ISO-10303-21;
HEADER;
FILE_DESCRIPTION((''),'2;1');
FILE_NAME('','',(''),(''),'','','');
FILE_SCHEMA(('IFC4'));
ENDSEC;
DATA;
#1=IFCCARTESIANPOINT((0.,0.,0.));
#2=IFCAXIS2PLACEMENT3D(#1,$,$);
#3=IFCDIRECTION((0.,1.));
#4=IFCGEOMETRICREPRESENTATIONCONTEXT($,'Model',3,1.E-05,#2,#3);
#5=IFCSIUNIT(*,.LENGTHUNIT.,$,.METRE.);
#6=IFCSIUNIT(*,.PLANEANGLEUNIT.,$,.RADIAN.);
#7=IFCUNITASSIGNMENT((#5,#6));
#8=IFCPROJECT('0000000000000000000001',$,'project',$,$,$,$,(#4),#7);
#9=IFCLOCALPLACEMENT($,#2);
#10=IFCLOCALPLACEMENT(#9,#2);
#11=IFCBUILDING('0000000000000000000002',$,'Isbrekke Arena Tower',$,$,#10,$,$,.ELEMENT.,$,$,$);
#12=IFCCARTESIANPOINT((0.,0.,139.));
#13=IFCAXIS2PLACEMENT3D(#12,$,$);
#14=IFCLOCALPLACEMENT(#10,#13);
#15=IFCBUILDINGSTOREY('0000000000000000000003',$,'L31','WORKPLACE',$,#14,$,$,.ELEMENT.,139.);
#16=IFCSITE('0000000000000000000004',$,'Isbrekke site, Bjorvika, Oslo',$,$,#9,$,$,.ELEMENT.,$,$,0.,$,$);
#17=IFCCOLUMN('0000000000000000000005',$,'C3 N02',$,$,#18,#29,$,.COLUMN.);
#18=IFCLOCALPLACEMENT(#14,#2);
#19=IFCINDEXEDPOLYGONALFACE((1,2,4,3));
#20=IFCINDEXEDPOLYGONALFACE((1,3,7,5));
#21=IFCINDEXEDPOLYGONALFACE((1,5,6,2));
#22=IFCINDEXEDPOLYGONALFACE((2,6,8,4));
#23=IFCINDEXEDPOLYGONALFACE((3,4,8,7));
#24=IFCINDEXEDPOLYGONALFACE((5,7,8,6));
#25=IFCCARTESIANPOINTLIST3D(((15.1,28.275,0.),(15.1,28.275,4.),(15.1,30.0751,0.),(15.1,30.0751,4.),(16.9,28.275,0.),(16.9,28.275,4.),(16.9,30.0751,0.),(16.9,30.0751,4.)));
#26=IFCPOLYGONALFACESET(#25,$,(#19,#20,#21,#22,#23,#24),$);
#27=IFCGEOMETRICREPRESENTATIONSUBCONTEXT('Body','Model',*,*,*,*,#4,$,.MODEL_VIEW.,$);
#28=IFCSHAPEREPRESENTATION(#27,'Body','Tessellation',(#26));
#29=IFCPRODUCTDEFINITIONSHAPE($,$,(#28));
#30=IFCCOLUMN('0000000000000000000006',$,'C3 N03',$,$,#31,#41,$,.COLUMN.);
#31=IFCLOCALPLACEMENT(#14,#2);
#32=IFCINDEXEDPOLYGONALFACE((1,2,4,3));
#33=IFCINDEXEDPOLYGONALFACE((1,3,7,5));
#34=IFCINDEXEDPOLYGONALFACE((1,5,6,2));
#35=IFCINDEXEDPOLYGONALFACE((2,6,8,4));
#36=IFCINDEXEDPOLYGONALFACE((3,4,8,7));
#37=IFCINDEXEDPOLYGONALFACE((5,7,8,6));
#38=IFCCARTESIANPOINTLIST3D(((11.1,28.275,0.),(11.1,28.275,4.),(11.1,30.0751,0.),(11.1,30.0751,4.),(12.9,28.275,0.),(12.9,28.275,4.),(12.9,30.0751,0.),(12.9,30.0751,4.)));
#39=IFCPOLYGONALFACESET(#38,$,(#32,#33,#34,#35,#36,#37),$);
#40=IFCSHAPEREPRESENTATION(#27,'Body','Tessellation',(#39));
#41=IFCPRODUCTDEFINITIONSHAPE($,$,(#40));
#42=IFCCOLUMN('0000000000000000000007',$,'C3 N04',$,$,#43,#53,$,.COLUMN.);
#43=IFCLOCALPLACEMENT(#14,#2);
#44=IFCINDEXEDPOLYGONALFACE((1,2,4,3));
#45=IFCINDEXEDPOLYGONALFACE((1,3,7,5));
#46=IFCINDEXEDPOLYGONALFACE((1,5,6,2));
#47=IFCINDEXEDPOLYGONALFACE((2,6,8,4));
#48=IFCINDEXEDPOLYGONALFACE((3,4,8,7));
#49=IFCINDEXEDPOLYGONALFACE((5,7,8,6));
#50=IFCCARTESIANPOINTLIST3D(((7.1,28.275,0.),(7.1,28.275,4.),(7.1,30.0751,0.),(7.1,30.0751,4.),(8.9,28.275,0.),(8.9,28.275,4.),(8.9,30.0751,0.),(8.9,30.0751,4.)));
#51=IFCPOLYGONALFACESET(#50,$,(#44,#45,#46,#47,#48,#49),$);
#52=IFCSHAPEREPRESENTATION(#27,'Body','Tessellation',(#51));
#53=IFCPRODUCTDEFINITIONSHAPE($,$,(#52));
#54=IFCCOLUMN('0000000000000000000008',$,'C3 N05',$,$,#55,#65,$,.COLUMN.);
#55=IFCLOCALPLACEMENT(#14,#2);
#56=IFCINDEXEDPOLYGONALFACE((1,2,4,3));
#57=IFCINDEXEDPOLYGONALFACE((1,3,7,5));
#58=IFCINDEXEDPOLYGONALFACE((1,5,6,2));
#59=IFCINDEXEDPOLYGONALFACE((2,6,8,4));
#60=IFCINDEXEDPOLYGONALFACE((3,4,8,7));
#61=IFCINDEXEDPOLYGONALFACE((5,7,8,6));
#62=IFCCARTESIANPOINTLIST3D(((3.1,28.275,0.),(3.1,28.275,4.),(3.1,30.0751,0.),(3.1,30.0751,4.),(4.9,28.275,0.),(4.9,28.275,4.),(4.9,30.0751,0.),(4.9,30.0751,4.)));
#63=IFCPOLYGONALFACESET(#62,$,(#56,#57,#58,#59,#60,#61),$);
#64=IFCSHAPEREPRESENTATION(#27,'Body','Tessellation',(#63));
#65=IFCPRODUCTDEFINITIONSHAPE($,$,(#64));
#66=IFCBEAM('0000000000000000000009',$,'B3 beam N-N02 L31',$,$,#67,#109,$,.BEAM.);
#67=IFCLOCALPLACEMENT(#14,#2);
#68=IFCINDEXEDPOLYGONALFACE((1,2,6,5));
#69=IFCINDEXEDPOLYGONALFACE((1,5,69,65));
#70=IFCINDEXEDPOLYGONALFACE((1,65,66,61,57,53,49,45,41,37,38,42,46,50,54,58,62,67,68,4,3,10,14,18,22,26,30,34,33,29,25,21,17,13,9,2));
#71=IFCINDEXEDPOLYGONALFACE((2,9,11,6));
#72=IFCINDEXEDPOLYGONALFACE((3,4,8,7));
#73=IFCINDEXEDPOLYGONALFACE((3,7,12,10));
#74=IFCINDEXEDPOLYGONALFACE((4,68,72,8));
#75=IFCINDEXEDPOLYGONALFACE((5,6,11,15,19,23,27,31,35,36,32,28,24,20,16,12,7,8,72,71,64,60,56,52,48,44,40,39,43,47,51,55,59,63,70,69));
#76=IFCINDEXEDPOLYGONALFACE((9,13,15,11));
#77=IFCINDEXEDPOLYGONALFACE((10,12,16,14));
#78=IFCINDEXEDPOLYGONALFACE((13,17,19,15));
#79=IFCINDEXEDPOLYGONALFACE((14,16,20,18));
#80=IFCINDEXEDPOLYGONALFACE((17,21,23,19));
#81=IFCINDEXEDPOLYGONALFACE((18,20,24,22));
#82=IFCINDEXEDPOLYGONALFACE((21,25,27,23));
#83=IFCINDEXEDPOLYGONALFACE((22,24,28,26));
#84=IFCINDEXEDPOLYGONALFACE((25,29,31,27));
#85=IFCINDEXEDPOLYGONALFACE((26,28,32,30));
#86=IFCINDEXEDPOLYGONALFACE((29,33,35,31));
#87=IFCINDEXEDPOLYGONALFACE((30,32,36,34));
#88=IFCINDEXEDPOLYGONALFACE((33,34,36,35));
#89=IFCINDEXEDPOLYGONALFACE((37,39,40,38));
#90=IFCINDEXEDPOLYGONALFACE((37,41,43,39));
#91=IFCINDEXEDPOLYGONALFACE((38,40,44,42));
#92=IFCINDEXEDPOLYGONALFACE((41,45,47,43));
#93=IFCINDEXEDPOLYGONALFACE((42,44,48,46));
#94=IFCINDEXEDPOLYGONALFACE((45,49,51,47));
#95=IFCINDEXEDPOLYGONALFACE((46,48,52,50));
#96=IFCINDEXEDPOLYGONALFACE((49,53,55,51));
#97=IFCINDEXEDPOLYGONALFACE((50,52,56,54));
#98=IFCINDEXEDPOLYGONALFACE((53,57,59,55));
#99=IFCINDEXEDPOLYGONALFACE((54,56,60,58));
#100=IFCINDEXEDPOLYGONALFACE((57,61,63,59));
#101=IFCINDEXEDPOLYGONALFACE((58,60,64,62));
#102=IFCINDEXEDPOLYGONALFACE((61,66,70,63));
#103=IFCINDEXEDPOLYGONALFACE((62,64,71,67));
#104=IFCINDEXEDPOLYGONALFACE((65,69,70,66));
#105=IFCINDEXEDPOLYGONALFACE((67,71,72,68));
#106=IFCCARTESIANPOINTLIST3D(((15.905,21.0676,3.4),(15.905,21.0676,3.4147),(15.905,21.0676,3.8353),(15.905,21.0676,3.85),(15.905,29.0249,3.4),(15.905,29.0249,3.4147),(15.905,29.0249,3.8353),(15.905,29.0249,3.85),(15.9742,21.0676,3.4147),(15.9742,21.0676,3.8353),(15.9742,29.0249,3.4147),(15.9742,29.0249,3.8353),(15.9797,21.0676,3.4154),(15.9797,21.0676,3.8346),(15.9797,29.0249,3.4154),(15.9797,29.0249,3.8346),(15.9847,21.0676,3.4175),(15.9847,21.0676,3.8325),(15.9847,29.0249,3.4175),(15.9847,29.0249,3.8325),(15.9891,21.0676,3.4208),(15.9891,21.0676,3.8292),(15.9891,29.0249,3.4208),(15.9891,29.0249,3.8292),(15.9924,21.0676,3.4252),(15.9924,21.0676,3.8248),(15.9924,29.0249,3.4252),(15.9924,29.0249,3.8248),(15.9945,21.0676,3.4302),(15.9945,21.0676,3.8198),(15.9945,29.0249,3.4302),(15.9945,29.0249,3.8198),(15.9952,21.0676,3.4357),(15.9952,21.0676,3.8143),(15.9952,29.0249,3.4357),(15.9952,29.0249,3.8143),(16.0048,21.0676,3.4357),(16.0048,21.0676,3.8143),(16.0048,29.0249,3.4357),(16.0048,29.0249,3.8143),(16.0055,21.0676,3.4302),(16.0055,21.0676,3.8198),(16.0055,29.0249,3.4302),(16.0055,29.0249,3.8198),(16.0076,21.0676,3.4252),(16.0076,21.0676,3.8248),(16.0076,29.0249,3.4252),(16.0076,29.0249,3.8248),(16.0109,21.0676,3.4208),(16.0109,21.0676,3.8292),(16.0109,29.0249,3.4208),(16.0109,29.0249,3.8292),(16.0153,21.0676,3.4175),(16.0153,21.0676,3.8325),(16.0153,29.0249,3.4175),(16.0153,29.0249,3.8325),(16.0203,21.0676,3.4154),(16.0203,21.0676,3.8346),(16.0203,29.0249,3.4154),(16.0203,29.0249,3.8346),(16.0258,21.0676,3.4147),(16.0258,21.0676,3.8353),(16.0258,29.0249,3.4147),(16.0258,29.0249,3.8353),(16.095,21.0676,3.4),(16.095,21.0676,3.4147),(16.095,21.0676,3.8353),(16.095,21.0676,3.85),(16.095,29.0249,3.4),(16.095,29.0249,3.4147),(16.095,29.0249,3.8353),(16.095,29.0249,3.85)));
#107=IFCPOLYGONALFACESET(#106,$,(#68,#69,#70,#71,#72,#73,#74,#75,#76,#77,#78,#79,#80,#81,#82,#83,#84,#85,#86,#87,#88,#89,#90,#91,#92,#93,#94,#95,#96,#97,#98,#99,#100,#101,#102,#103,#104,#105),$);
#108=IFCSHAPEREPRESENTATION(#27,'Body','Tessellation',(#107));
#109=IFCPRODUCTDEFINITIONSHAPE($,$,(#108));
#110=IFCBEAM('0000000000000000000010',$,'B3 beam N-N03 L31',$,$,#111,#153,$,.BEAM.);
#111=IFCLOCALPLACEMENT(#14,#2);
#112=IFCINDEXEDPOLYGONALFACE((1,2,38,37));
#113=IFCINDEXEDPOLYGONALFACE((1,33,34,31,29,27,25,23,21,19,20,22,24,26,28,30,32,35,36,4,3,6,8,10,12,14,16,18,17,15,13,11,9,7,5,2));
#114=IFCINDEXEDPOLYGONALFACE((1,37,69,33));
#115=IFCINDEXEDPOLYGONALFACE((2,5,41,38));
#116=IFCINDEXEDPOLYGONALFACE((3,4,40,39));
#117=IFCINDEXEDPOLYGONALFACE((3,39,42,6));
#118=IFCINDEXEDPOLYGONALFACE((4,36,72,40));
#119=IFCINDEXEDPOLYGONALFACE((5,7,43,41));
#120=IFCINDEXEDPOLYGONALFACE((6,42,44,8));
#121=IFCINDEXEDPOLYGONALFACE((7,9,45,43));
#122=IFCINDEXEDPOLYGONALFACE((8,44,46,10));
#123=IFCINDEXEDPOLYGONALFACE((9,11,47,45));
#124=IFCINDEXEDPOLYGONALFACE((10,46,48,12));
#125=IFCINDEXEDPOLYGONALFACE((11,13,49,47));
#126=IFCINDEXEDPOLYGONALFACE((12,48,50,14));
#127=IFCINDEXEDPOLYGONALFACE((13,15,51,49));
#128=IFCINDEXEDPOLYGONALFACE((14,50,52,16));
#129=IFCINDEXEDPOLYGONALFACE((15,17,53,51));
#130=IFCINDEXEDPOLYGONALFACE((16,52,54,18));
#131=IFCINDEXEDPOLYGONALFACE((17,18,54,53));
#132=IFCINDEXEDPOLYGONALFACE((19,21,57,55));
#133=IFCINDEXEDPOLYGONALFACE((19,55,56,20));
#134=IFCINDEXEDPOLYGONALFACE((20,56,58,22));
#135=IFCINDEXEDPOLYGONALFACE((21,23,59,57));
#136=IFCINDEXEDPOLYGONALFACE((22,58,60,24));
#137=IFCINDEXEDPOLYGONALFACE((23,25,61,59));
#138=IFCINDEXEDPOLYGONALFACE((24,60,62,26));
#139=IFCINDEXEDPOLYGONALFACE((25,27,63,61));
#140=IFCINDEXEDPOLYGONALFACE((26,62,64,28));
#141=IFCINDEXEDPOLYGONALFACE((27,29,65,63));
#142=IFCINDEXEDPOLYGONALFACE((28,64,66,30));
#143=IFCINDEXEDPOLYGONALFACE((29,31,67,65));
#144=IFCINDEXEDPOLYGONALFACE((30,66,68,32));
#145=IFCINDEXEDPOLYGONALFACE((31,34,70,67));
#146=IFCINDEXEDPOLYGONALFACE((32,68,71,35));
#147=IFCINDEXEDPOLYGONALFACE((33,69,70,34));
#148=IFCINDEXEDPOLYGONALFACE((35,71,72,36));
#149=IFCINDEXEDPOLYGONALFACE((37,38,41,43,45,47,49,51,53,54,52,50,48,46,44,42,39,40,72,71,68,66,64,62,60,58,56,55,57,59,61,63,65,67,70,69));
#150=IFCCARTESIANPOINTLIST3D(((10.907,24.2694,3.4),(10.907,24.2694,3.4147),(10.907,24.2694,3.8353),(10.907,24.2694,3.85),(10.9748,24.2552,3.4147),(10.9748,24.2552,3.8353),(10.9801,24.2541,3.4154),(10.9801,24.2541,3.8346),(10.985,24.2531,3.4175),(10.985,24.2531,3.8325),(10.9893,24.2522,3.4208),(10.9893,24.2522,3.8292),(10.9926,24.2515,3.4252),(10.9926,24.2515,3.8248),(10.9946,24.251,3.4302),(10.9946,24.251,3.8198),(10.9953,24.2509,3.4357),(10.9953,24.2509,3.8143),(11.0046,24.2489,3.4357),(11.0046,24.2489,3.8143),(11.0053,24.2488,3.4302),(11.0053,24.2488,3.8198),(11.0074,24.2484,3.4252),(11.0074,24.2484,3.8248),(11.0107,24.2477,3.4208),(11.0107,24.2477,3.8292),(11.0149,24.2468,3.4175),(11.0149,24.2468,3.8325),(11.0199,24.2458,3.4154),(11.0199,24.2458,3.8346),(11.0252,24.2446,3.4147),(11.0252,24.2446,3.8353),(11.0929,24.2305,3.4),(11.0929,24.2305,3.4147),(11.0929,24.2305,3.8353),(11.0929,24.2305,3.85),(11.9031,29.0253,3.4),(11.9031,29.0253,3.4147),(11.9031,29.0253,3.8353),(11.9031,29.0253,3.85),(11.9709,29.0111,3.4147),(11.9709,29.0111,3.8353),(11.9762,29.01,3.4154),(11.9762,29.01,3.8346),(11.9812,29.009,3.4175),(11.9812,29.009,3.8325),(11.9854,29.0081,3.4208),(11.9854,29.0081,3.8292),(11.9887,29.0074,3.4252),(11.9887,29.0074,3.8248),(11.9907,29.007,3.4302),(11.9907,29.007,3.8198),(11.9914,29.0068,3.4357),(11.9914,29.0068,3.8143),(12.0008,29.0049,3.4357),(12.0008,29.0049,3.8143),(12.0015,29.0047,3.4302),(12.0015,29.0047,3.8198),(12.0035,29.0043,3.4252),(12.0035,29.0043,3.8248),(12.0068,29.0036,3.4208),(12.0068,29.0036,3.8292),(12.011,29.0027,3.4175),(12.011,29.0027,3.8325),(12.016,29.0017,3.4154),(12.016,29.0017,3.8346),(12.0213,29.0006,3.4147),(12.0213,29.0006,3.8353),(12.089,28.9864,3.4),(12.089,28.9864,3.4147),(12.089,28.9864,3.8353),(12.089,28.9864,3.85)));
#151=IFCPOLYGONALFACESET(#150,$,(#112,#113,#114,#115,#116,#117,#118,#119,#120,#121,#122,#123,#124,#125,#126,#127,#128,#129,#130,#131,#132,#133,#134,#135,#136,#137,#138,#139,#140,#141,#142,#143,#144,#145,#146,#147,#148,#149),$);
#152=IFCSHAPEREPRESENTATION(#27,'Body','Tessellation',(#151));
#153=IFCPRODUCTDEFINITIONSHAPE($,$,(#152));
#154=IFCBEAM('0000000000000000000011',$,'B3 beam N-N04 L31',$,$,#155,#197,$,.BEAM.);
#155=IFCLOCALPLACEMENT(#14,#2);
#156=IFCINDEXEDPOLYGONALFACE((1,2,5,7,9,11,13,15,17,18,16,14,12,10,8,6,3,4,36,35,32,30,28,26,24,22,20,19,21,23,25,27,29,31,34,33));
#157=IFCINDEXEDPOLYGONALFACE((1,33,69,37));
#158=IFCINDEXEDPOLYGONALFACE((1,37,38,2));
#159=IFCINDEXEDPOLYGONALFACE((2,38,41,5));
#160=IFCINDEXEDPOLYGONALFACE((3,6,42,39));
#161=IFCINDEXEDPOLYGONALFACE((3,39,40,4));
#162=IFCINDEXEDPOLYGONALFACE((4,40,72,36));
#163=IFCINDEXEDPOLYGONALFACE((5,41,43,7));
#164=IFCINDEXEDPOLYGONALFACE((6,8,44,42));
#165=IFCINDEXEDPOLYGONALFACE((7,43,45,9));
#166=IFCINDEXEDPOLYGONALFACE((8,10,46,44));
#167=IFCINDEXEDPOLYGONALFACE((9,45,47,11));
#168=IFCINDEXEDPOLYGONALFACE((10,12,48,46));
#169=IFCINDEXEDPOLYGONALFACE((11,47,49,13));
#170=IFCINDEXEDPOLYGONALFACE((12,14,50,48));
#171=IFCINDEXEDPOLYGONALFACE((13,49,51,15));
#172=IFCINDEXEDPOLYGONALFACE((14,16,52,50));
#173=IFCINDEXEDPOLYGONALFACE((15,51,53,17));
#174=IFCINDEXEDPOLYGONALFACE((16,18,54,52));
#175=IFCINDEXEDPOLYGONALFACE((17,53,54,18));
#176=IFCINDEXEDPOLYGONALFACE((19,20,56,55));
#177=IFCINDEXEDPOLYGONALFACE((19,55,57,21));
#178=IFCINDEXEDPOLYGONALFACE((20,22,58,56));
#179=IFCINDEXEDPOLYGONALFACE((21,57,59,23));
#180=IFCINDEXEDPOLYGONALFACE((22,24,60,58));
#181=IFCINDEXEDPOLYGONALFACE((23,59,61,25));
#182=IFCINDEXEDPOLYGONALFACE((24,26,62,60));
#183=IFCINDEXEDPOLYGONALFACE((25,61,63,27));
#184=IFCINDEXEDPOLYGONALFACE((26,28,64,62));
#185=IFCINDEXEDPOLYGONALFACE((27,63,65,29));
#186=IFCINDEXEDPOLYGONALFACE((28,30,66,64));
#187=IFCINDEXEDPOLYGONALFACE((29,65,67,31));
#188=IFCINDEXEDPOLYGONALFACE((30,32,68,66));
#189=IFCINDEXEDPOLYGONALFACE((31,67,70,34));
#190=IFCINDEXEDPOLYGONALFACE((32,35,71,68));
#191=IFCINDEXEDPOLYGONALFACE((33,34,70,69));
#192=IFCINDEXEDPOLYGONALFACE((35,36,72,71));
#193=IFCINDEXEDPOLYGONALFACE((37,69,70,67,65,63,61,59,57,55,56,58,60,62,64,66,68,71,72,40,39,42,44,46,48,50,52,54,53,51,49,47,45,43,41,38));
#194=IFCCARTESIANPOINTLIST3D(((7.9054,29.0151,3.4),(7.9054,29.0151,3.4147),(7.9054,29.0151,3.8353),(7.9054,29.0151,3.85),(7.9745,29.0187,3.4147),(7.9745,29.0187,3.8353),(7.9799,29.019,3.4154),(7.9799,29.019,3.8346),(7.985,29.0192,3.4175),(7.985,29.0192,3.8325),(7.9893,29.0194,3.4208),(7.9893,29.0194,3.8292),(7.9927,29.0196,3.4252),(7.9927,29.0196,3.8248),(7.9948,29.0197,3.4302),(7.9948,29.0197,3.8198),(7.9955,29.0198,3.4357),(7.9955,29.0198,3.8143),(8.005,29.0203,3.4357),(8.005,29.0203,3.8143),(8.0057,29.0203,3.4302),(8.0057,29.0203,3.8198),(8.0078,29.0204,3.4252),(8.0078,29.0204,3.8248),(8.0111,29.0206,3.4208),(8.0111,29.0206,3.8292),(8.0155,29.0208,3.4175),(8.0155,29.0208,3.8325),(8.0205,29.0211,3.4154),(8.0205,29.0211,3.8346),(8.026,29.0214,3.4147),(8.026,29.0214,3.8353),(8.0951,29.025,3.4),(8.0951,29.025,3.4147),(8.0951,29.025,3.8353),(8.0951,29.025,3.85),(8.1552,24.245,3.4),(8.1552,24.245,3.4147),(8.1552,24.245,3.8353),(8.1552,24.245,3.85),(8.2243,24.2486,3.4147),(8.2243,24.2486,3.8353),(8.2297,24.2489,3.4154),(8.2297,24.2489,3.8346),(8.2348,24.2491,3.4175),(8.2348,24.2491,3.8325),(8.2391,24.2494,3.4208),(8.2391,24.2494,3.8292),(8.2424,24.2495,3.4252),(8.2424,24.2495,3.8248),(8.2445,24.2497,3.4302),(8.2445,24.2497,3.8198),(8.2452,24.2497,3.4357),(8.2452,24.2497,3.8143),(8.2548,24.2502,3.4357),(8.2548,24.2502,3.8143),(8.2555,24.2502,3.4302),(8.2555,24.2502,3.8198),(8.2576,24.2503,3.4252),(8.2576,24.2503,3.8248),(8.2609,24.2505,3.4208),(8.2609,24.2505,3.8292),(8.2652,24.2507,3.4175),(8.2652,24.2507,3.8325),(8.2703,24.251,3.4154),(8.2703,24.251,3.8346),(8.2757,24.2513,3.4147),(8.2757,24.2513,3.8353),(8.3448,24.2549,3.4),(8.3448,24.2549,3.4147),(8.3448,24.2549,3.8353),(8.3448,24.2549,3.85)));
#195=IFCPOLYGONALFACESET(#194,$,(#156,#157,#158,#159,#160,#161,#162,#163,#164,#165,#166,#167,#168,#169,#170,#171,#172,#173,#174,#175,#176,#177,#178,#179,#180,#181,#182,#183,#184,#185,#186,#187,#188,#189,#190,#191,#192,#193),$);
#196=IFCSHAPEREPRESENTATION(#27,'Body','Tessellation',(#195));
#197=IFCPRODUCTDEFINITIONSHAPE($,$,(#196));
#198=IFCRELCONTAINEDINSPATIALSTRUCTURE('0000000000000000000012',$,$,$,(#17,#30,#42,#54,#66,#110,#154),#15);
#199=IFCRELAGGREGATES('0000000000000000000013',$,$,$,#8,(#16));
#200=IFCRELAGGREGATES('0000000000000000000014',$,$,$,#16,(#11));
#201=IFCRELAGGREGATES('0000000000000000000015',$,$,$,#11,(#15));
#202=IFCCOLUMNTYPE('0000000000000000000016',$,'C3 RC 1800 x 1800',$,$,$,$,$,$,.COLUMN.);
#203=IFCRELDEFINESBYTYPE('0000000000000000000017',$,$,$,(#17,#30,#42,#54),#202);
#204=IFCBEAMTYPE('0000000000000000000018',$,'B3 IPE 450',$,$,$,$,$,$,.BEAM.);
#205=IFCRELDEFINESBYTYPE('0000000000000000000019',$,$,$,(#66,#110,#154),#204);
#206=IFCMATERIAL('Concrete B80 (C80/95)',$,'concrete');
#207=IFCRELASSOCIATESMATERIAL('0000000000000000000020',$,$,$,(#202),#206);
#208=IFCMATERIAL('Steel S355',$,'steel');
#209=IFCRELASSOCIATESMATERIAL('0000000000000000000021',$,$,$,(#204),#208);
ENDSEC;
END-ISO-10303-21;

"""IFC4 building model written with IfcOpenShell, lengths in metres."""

from ifc_helpers import new_model, si_unit, direction, frame, origin, origin_2d, place, context, subcontext, project, spatial, rectangle, i_section, extrude, material, material_profile, profile_set, type_object, element, save


model = new_model("IFC4")

# Units and contexts
model_context = context("Model", 3, precision=1e-05, world=origin(), true_north=direction((0.0, 1.0)))
body_context = subcontext(model_context, "Body", "Model", "MODEL_VIEW")
ifc_project = project(units=[si_unit("LENGTHUNIT", "METRE"), si_unit("PLANEANGLEUNIT", "RADIAN")], contexts=[model_context])

# Site, building, storey
site_placement = place(None, origin())
site = spatial("IfcSite", under=ifc_project, at=site_placement, Name="Isbrekke site, Bjorvika, Oslo", CompositionType="ELEMENT", RefElevation=0.0)
building_placement = place(site_placement, origin())
building = spatial("IfcBuilding", under=site, at=building_placement, Name="Isbrekke Arena Tower", CompositionType="ELEMENT")
storey_placement = place(building_placement, frame((0.0, 0.0, 139.0)))
storey = spatial("IfcBuildingStorey", under=building, at=storey_placement, Name="L31", Description="WORKPLACE", CompositionType="ELEMENT", Elevation=139.0)

# Columns
ifc_material_1 = material(Name="Concrete B80 (C80/95)", Category="concrete")
ifc_material_profile_1 = material_profile(ifc_material_1, rectangle(XDim=1.8, YDim=1.8, at=origin_2d()), Name="RC 1800x1800")
ifc_profile_set_1 = profile_set([ifc_material_profile_1], Name="Concrete B80 (C80/95)")
column_type = type_object("IfcColumnType", Name="C3 RC 1800 x 1800", PredefinedType="COLUMN", material=ifc_profile_set_1)
for number, where, z_axis, x_axis, name in (
    (1, (16.0, 29.175, 0.0), (0.0, 0.0, 1.0), (-1.0, 0.0, 0.0), "C3 N02"),
    (2, (12.0, 29.175, 0.0), (0.0, 0.0, 1.0), (-1.0, 0.0, 0.0), "C3 N03"),
    (3, (8.0, 29.175, 0.0), (0.0, 0.0, 1.0), (-1.0, 0.0, 0.0), "C3 N04"),
    (4, (4.0, 29.175, 0.0), (0.0, 0.0, 1.0), (-1.0, 0.0, 0.0), "C3 N05"),
):
    element("IfcColumn", number, at=place(storey_placement, frame(where, z_axis=z_axis, x_axis=x_axis)), inside=storey, type_object=column_type, Name=name, PredefinedType="COLUMN", context=body_context, shape_type="SweptSolid", body=[
        extrude(rectangle(XDim=1.8, YDim=1.8, at=origin_2d()), origin(), (0.0, 0.0, 1.0), 4.0),
    ])

# Beams
ifc_material_2 = material(Name="Steel S355", Category="steel")
ifc_material_profile_2 = material_profile(ifc_material_2, i_section(OverallWidth=0.1899, OverallDepth=0.45, WebThickness=0.0095, FlangeThickness=0.0146, FilletRadius=0.021, at=origin_2d()), Name="IPE 450")
ifc_profile_set_2 = profile_set([ifc_material_profile_2], Name="Steel S355")
beam_type_1 = type_object("IfcBeamType", Name="B3 IPE 450", PredefinedType="BEAM", material=ifc_profile_set_2)
beam_1_placement = place(storey_placement, frame((16.0, 29.0249, 3.625), z_axis=(0.0, -1.0, 0.0), x_axis=(1.0, 0.0, 0.0)))
element("IfcBeam", 5, at=beam_1_placement, inside=storey, type_object=beam_type_1, Name="B3 beam N-N02 L31", PredefinedType="BEAM", context=body_context, shape_type="SweptSolid", body=[
    extrude(i_section(OverallWidth=0.1899, OverallDepth=0.45, WebThickness=0.0095, FlangeThickness=0.0146, FilletRadius=0.021, at=origin_2d()), origin(), (0.0, 0.0, 1.0), 7.9573),
])
beam_2_placement = place(storey_placement, frame((11.9961, 29.0059, 3.625), z_axis=(-0.204997, -0.978762, 0.0), x_axis=(0.978762, -0.204997, 0.0)))
element("IfcBeam", 6, at=beam_2_placement, inside=storey, type_object=beam_type_1, Name="B3 beam N-N03 L31", PredefinedType="BEAM", context=body_context, shape_type="SweptSolid", body=[
    extrude(i_section(OverallWidth=0.1899, OverallDepth=0.45, WebThickness=0.0095, FlangeThickness=0.0146, FilletRadius=0.021, at=origin_2d()), origin(), (0.0, 0.0, 1.0), 4.8591),
])
beam_3_placement = place(storey_placement, frame((8.0002, 29.02, 3.625), z_axis=(0.052288, -0.998632, 0.0), x_axis=(0.998632, 0.052288, 0.0)))
element("IfcBeam", 7, at=beam_3_placement, inside=storey, type_object=beam_type_1, Name="B3 beam N-N04 L31", PredefinedType="BEAM", context=body_context, shape_type="SweptSolid", body=[
    extrude(i_section(OverallWidth=0.1899, OverallDepth=0.45, WebThickness=0.0095, FlangeThickness=0.0146, FilletRadius=0.021, at=origin_2d()), origin(), (0.0, 0.0, 1.0), 4.7766),
])

save(model, "model.ifc")
